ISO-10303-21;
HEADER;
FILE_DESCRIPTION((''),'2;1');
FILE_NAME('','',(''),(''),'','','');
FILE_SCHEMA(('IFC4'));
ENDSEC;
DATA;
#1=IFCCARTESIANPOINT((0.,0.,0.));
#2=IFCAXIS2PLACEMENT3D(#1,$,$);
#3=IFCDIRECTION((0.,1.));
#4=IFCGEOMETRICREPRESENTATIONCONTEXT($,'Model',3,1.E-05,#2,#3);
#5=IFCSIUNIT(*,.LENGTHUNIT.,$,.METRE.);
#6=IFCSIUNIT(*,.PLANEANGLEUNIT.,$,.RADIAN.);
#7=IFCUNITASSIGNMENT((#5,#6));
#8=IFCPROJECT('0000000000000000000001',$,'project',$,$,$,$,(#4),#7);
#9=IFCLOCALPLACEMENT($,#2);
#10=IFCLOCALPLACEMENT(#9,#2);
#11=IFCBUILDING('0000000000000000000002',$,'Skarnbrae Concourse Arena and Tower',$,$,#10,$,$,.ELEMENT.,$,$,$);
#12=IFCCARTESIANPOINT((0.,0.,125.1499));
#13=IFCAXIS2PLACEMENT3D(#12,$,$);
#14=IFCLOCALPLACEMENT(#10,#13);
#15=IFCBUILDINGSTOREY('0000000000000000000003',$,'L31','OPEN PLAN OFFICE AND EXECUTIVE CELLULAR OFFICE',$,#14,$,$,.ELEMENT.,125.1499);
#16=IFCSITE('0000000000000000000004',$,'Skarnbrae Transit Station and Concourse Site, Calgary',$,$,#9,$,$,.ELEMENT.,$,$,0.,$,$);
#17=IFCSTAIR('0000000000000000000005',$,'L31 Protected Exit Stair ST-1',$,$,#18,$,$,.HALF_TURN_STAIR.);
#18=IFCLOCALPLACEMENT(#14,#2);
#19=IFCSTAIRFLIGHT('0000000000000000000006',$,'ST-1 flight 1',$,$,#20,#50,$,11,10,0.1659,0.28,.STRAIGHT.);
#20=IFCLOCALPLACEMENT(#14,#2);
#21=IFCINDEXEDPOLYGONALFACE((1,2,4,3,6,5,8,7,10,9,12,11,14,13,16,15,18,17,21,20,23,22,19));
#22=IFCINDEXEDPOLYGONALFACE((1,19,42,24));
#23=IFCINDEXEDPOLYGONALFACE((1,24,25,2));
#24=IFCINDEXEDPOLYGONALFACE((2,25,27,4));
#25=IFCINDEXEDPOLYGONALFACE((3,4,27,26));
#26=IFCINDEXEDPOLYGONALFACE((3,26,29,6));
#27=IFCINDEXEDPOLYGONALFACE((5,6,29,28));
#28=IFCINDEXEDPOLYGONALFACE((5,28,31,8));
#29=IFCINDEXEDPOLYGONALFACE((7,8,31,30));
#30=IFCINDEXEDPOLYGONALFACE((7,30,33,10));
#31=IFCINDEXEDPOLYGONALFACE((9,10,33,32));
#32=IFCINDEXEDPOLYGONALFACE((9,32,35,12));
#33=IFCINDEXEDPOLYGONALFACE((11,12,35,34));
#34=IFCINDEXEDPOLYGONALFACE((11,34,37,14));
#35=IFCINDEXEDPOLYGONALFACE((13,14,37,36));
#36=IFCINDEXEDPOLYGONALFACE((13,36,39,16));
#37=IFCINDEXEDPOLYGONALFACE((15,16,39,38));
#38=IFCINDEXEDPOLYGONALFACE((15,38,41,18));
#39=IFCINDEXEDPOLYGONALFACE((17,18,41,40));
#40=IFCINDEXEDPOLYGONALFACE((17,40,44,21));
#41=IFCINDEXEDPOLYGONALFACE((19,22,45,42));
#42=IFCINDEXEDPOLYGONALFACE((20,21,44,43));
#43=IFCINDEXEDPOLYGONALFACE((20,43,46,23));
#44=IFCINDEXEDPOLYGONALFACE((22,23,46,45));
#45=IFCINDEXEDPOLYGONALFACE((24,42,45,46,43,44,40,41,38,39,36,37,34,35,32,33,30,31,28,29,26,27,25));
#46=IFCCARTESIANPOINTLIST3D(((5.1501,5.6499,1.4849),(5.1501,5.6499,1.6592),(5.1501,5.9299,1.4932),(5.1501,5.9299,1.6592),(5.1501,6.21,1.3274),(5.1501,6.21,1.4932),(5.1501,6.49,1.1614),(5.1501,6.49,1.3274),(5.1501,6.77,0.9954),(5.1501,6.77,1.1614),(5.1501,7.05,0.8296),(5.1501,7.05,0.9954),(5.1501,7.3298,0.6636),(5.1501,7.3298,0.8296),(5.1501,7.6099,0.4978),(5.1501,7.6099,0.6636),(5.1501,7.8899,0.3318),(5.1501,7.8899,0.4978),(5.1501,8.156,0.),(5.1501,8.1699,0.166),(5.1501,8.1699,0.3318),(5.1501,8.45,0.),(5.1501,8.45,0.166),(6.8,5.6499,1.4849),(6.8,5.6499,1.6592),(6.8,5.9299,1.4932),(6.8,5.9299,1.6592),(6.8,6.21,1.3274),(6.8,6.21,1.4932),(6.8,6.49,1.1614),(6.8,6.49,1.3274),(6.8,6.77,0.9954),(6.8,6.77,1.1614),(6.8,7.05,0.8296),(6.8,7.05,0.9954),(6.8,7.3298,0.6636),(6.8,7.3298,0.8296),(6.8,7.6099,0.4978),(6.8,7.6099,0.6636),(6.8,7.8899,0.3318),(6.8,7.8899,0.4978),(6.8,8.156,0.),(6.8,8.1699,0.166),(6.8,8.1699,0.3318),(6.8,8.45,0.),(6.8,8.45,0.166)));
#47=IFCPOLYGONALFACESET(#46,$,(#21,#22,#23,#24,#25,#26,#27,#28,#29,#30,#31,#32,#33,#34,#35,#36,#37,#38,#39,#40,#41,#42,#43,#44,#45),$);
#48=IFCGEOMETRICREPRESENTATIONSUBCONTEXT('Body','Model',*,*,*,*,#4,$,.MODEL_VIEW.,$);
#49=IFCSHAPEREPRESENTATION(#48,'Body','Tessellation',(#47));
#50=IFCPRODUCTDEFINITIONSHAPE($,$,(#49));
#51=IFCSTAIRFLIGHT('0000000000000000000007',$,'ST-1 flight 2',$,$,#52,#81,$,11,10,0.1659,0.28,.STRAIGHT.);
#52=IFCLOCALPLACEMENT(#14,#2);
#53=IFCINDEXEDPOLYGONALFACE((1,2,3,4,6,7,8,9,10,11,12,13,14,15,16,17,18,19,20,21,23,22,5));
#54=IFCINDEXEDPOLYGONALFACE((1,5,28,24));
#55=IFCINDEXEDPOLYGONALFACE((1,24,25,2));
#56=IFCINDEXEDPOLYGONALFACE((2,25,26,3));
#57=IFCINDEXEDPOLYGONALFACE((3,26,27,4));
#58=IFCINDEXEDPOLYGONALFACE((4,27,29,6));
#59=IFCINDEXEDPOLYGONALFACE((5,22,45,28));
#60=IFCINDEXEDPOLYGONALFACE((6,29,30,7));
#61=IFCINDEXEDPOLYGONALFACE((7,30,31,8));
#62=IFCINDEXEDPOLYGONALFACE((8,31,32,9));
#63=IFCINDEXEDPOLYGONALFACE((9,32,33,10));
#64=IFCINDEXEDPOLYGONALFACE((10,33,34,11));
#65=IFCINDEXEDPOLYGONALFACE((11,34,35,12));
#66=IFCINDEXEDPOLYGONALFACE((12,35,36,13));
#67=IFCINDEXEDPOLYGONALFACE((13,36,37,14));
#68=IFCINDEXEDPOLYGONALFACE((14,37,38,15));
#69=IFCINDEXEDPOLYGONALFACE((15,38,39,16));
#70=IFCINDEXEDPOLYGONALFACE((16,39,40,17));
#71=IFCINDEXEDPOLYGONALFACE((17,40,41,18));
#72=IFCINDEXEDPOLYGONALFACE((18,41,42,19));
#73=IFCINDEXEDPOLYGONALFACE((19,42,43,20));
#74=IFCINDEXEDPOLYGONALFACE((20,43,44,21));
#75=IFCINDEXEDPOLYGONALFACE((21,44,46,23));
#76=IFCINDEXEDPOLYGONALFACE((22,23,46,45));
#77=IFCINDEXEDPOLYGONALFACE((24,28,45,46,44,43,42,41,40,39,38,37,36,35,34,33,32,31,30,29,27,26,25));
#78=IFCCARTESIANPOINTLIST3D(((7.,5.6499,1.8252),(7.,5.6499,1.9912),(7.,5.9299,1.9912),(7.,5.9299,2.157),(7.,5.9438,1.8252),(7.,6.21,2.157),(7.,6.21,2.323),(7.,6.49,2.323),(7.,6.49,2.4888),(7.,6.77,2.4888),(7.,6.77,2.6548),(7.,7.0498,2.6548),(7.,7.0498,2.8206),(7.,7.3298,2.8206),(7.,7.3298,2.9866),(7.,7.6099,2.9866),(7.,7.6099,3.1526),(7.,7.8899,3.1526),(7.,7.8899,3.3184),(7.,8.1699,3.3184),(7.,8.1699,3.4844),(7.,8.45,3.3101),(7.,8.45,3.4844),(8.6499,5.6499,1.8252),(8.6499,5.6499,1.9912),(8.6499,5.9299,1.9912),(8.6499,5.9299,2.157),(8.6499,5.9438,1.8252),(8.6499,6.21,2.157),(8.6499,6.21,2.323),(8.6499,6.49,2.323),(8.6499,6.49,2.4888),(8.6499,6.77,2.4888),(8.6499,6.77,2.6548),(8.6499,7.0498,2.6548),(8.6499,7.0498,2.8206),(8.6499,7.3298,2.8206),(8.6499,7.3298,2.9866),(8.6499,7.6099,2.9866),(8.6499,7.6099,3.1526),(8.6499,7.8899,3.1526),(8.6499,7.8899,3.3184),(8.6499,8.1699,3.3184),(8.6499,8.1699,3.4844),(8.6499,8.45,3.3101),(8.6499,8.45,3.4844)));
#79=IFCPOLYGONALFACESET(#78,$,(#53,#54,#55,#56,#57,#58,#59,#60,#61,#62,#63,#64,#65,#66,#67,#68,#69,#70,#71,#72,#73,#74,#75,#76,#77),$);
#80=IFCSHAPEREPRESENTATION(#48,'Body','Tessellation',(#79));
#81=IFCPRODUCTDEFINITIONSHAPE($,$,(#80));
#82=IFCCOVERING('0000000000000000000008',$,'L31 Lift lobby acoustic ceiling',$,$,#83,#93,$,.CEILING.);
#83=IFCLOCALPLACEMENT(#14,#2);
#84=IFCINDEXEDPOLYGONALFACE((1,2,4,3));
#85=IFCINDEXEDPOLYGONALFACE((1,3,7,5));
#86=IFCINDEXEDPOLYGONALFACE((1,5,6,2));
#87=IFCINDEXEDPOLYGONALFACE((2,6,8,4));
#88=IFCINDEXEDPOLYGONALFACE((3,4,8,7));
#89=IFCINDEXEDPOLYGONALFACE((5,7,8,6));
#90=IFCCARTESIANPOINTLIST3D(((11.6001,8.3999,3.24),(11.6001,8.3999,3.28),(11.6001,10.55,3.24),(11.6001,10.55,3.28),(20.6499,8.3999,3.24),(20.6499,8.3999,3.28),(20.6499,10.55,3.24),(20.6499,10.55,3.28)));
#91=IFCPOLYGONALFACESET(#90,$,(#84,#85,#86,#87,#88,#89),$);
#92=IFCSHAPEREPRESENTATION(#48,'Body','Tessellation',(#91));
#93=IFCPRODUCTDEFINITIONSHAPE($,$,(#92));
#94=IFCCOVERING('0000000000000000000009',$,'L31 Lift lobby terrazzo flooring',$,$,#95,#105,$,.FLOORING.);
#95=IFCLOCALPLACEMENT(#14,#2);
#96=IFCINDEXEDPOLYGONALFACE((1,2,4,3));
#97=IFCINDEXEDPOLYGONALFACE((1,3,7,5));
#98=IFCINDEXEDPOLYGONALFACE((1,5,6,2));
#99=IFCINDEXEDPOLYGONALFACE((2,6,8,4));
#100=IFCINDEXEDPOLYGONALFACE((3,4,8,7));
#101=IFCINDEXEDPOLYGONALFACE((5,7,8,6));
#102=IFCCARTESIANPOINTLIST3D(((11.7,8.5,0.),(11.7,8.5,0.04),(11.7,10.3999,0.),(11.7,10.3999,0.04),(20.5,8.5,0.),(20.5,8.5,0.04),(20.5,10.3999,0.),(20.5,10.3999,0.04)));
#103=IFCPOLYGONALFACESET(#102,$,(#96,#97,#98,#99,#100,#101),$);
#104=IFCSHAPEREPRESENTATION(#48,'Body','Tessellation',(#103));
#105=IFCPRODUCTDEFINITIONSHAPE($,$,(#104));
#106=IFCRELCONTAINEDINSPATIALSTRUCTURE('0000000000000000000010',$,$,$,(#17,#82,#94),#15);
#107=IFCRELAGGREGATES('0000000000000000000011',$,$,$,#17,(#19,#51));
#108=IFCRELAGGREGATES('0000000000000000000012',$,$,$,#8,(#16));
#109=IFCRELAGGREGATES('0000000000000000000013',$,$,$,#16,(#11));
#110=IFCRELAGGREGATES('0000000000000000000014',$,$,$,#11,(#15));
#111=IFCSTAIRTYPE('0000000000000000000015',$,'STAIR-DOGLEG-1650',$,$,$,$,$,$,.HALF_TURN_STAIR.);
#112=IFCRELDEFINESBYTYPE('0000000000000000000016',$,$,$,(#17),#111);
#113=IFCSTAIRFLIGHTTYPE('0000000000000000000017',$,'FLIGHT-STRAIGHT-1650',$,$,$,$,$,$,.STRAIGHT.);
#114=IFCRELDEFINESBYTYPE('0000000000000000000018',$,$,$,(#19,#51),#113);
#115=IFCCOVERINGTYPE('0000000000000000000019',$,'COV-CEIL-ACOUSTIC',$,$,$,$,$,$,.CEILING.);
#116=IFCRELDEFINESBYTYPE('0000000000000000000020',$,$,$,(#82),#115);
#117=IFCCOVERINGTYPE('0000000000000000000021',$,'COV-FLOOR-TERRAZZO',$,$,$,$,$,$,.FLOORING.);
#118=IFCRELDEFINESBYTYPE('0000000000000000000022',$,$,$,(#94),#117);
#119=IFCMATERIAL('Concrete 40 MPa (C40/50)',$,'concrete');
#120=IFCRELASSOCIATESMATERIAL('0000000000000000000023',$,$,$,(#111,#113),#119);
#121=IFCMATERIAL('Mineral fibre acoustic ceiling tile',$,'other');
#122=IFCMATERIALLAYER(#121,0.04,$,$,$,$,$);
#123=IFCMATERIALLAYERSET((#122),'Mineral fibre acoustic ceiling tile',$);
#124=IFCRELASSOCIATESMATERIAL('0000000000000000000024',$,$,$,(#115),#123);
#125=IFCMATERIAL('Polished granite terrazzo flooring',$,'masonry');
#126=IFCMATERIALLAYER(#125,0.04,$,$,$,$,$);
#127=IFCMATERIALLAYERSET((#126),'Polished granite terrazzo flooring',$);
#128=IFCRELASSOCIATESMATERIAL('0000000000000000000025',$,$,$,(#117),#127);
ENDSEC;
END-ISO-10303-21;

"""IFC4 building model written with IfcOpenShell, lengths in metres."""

from ifc_helpers import new_model, si_unit, direction, frame, origin, place, context, subcontext, project, spatial, polyline, outline, extrude, source, transform, mapped, material, layer, layer_set, type_object, element, aggregate, save


model = new_model("IFC4")

# Units and contexts
model_context = context("Model", 3, precision=1e-05, world=origin(), true_north=direction((0.0, 1.0)))
body_context = subcontext(model_context, "Body", "Model", "MODEL_VIEW")
ifc_project = project(units=[si_unit("LENGTHUNIT", "METRE"), si_unit("PLANEANGLEUNIT", "RADIAN")], contexts=[model_context])

# Site, building, storey
site_placement = place(None, origin())
site = spatial("IfcSite", under=ifc_project, at=site_placement, Name="Skarnbrae Transit Station and Concourse Site, Calgary", CompositionType="ELEMENT", RefElevation=0.0)
building_placement = place(site_placement, origin())
building = spatial("IfcBuilding", under=site, at=building_placement, Name="Skarnbrae Concourse Arena and Tower", CompositionType="ELEMENT")
storey_placement = place(building_placement, frame((0.0, 0.0, 125.1499)))
storey = spatial("IfcBuildingStorey", under=building, at=storey_placement, Name="L31", Description="OPEN PLAN OFFICE AND EXECUTIVE CELLULAR OFFICE", CompositionType="ELEMENT", Elevation=125.1499)

# Stair
ifc_material_1 = material(Name="Concrete 40 MPa (C40/50)", Category="concrete")
stair_type = type_object("IfcStairType", Name="STAIR-DOGLEG-1650", PredefinedType="HALF_TURN_STAIR", material=ifc_material_1)
stair_1_placement = place(storey_placement, origin())
stair_1 = element("IfcStair", 1, at=stair_1_placement, inside=storey, type_object=stair_type, Name="L31 Protected Exit Stair ST-1", PredefinedType="HALF_TURN_STAIR")

# Stair flights
stair_flight_type = type_object("IfcStairFlightType", Name="FLIGHT-STRAIGHT-1650", PredefinedType="STRAIGHT", material=ifc_material_1)
shared_shape_1 = source(origin(), body_context, "Body", "SweptSolid", [
    extrude(outline(polyline([(0.0, 0.0), (0.0, 0.166), (0.28, 0.166), (0.28, 0.3318), (0.5601, 0.3318), (0.5601, 0.4978), (0.8401, 0.4978), (0.8401, 0.6636), (1.1201, 0.6636), (1.1201, 0.8296), (1.3999, 0.8296), (1.3999, 0.9954), (1.6799, 0.9954), (1.6799, 1.1614), (1.96, 1.1614), (1.96, 1.3274), (2.24, 1.3274), (2.24, 1.4932), (2.52, 1.4932), (2.52, 1.6592), (2.8, 1.6592), (2.8, 1.825), (2.8, 1.4849), (0.2939, 0.0), (0.0, 0.0)])), frame((0.0, 0.825, 0.0), z_axis=(0.0, -1.0, 0.0), x_axis=(1.0, 0.0, 0.0)), (0.0, 0.0, 1.0), 1.6499),
])
stair_flight_1_placement = place(storey_placement, frame((5.9751, 8.45, 0.0), z_axis=(0.0, 0.0, 1.0), x_axis=(0.0, -1.0, 0.0)))
stair_flight_1 = element("IfcStairFlight", 2, at=stair_flight_1_placement, type_object=stair_flight_type, Name="ST-1 flight 1", NumberOfRisers=11, NumberOfTreads=10, PredefinedType="STRAIGHT", RiserHeight=0.1659, TreadLength=0.28, context=body_context, shape_type="MappedRepresentation", body=[
    mapped(shared_shape_1, transform((0.0, 0.0, 0.0))),
])
stair_flight_2_placement = place(storey_placement, frame((7.825, 5.6499, 1.8252), z_axis=(0.0, 0.0, 1.0), x_axis=(0.0, 1.0, 0.0)))
stair_flight_2 = element("IfcStairFlight", 3, at=stair_flight_2_placement, type_object=stair_flight_type, Name="ST-1 flight 2", NumberOfRisers=11, NumberOfTreads=10, PredefinedType="STRAIGHT", RiserHeight=0.1659, TreadLength=0.28, context=body_context, shape_type="MappedRepresentation", body=[
    mapped(shared_shape_1, transform((0.0, 0.0, 0.0))),
])
aggregate(stair_1, [stair_flight_1, stair_flight_2])

# Coverings
ifc_material_2 = material(Name="Mineral fibre acoustic ceiling tile", Category="other")
ifc_layer_1 = layer(ifc_material_2, 0.04)
ifc_layer_set_1 = layer_set([ifc_layer_1], Name="Mineral fibre acoustic ceiling tile")
covering_type_1 = type_object("IfcCoveringType", Name="COV-CEIL-ACOUSTIC", PredefinedType="CEILING", material=ifc_layer_set_1)
covering_1_placement = place(storey_placement, frame((0.0, 0.0, 3.24)))
element("IfcCovering", 4, at=covering_1_placement, inside=storey, type_object=covering_type_1, Name="L31 Lift lobby acoustic ceiling", PredefinedType="CEILING", context=body_context, shape_type="SweptSolid", body=[
    extrude(outline(polyline([(11.6001, 8.3999), (20.6499, 8.3999), (20.6499, 10.55), (11.6001, 10.55), (11.6001, 8.3999)])), origin(), (0.0, 0.0, 1.0), 0.04),
])
ifc_material_3 = material(Name="Polished granite terrazzo flooring", Category="masonry")
ifc_layer_2 = layer(ifc_material_3, 0.04)
ifc_layer_set_2 = layer_set([ifc_layer_2], Name="Polished granite terrazzo flooring")
covering_type_2 = type_object("IfcCoveringType", Name="COV-FLOOR-TERRAZZO", PredefinedType="FLOORING", material=ifc_layer_set_2)
covering_2_placement = place(storey_placement, origin())
element("IfcCovering", 5, at=covering_2_placement, inside=storey, type_object=covering_type_2, Name="L31 Lift lobby terrazzo flooring", PredefinedType="FLOORING", context=body_context, shape_type="SweptSolid", body=[
    extrude(outline(polyline([(11.7, 8.5), (20.5, 8.5), (20.5, 10.3999), (11.7, 10.3999), (11.7, 8.5)])), origin(), (0.0, 0.0, 1.0), 0.04),
])

save(model, "model.ifc")
